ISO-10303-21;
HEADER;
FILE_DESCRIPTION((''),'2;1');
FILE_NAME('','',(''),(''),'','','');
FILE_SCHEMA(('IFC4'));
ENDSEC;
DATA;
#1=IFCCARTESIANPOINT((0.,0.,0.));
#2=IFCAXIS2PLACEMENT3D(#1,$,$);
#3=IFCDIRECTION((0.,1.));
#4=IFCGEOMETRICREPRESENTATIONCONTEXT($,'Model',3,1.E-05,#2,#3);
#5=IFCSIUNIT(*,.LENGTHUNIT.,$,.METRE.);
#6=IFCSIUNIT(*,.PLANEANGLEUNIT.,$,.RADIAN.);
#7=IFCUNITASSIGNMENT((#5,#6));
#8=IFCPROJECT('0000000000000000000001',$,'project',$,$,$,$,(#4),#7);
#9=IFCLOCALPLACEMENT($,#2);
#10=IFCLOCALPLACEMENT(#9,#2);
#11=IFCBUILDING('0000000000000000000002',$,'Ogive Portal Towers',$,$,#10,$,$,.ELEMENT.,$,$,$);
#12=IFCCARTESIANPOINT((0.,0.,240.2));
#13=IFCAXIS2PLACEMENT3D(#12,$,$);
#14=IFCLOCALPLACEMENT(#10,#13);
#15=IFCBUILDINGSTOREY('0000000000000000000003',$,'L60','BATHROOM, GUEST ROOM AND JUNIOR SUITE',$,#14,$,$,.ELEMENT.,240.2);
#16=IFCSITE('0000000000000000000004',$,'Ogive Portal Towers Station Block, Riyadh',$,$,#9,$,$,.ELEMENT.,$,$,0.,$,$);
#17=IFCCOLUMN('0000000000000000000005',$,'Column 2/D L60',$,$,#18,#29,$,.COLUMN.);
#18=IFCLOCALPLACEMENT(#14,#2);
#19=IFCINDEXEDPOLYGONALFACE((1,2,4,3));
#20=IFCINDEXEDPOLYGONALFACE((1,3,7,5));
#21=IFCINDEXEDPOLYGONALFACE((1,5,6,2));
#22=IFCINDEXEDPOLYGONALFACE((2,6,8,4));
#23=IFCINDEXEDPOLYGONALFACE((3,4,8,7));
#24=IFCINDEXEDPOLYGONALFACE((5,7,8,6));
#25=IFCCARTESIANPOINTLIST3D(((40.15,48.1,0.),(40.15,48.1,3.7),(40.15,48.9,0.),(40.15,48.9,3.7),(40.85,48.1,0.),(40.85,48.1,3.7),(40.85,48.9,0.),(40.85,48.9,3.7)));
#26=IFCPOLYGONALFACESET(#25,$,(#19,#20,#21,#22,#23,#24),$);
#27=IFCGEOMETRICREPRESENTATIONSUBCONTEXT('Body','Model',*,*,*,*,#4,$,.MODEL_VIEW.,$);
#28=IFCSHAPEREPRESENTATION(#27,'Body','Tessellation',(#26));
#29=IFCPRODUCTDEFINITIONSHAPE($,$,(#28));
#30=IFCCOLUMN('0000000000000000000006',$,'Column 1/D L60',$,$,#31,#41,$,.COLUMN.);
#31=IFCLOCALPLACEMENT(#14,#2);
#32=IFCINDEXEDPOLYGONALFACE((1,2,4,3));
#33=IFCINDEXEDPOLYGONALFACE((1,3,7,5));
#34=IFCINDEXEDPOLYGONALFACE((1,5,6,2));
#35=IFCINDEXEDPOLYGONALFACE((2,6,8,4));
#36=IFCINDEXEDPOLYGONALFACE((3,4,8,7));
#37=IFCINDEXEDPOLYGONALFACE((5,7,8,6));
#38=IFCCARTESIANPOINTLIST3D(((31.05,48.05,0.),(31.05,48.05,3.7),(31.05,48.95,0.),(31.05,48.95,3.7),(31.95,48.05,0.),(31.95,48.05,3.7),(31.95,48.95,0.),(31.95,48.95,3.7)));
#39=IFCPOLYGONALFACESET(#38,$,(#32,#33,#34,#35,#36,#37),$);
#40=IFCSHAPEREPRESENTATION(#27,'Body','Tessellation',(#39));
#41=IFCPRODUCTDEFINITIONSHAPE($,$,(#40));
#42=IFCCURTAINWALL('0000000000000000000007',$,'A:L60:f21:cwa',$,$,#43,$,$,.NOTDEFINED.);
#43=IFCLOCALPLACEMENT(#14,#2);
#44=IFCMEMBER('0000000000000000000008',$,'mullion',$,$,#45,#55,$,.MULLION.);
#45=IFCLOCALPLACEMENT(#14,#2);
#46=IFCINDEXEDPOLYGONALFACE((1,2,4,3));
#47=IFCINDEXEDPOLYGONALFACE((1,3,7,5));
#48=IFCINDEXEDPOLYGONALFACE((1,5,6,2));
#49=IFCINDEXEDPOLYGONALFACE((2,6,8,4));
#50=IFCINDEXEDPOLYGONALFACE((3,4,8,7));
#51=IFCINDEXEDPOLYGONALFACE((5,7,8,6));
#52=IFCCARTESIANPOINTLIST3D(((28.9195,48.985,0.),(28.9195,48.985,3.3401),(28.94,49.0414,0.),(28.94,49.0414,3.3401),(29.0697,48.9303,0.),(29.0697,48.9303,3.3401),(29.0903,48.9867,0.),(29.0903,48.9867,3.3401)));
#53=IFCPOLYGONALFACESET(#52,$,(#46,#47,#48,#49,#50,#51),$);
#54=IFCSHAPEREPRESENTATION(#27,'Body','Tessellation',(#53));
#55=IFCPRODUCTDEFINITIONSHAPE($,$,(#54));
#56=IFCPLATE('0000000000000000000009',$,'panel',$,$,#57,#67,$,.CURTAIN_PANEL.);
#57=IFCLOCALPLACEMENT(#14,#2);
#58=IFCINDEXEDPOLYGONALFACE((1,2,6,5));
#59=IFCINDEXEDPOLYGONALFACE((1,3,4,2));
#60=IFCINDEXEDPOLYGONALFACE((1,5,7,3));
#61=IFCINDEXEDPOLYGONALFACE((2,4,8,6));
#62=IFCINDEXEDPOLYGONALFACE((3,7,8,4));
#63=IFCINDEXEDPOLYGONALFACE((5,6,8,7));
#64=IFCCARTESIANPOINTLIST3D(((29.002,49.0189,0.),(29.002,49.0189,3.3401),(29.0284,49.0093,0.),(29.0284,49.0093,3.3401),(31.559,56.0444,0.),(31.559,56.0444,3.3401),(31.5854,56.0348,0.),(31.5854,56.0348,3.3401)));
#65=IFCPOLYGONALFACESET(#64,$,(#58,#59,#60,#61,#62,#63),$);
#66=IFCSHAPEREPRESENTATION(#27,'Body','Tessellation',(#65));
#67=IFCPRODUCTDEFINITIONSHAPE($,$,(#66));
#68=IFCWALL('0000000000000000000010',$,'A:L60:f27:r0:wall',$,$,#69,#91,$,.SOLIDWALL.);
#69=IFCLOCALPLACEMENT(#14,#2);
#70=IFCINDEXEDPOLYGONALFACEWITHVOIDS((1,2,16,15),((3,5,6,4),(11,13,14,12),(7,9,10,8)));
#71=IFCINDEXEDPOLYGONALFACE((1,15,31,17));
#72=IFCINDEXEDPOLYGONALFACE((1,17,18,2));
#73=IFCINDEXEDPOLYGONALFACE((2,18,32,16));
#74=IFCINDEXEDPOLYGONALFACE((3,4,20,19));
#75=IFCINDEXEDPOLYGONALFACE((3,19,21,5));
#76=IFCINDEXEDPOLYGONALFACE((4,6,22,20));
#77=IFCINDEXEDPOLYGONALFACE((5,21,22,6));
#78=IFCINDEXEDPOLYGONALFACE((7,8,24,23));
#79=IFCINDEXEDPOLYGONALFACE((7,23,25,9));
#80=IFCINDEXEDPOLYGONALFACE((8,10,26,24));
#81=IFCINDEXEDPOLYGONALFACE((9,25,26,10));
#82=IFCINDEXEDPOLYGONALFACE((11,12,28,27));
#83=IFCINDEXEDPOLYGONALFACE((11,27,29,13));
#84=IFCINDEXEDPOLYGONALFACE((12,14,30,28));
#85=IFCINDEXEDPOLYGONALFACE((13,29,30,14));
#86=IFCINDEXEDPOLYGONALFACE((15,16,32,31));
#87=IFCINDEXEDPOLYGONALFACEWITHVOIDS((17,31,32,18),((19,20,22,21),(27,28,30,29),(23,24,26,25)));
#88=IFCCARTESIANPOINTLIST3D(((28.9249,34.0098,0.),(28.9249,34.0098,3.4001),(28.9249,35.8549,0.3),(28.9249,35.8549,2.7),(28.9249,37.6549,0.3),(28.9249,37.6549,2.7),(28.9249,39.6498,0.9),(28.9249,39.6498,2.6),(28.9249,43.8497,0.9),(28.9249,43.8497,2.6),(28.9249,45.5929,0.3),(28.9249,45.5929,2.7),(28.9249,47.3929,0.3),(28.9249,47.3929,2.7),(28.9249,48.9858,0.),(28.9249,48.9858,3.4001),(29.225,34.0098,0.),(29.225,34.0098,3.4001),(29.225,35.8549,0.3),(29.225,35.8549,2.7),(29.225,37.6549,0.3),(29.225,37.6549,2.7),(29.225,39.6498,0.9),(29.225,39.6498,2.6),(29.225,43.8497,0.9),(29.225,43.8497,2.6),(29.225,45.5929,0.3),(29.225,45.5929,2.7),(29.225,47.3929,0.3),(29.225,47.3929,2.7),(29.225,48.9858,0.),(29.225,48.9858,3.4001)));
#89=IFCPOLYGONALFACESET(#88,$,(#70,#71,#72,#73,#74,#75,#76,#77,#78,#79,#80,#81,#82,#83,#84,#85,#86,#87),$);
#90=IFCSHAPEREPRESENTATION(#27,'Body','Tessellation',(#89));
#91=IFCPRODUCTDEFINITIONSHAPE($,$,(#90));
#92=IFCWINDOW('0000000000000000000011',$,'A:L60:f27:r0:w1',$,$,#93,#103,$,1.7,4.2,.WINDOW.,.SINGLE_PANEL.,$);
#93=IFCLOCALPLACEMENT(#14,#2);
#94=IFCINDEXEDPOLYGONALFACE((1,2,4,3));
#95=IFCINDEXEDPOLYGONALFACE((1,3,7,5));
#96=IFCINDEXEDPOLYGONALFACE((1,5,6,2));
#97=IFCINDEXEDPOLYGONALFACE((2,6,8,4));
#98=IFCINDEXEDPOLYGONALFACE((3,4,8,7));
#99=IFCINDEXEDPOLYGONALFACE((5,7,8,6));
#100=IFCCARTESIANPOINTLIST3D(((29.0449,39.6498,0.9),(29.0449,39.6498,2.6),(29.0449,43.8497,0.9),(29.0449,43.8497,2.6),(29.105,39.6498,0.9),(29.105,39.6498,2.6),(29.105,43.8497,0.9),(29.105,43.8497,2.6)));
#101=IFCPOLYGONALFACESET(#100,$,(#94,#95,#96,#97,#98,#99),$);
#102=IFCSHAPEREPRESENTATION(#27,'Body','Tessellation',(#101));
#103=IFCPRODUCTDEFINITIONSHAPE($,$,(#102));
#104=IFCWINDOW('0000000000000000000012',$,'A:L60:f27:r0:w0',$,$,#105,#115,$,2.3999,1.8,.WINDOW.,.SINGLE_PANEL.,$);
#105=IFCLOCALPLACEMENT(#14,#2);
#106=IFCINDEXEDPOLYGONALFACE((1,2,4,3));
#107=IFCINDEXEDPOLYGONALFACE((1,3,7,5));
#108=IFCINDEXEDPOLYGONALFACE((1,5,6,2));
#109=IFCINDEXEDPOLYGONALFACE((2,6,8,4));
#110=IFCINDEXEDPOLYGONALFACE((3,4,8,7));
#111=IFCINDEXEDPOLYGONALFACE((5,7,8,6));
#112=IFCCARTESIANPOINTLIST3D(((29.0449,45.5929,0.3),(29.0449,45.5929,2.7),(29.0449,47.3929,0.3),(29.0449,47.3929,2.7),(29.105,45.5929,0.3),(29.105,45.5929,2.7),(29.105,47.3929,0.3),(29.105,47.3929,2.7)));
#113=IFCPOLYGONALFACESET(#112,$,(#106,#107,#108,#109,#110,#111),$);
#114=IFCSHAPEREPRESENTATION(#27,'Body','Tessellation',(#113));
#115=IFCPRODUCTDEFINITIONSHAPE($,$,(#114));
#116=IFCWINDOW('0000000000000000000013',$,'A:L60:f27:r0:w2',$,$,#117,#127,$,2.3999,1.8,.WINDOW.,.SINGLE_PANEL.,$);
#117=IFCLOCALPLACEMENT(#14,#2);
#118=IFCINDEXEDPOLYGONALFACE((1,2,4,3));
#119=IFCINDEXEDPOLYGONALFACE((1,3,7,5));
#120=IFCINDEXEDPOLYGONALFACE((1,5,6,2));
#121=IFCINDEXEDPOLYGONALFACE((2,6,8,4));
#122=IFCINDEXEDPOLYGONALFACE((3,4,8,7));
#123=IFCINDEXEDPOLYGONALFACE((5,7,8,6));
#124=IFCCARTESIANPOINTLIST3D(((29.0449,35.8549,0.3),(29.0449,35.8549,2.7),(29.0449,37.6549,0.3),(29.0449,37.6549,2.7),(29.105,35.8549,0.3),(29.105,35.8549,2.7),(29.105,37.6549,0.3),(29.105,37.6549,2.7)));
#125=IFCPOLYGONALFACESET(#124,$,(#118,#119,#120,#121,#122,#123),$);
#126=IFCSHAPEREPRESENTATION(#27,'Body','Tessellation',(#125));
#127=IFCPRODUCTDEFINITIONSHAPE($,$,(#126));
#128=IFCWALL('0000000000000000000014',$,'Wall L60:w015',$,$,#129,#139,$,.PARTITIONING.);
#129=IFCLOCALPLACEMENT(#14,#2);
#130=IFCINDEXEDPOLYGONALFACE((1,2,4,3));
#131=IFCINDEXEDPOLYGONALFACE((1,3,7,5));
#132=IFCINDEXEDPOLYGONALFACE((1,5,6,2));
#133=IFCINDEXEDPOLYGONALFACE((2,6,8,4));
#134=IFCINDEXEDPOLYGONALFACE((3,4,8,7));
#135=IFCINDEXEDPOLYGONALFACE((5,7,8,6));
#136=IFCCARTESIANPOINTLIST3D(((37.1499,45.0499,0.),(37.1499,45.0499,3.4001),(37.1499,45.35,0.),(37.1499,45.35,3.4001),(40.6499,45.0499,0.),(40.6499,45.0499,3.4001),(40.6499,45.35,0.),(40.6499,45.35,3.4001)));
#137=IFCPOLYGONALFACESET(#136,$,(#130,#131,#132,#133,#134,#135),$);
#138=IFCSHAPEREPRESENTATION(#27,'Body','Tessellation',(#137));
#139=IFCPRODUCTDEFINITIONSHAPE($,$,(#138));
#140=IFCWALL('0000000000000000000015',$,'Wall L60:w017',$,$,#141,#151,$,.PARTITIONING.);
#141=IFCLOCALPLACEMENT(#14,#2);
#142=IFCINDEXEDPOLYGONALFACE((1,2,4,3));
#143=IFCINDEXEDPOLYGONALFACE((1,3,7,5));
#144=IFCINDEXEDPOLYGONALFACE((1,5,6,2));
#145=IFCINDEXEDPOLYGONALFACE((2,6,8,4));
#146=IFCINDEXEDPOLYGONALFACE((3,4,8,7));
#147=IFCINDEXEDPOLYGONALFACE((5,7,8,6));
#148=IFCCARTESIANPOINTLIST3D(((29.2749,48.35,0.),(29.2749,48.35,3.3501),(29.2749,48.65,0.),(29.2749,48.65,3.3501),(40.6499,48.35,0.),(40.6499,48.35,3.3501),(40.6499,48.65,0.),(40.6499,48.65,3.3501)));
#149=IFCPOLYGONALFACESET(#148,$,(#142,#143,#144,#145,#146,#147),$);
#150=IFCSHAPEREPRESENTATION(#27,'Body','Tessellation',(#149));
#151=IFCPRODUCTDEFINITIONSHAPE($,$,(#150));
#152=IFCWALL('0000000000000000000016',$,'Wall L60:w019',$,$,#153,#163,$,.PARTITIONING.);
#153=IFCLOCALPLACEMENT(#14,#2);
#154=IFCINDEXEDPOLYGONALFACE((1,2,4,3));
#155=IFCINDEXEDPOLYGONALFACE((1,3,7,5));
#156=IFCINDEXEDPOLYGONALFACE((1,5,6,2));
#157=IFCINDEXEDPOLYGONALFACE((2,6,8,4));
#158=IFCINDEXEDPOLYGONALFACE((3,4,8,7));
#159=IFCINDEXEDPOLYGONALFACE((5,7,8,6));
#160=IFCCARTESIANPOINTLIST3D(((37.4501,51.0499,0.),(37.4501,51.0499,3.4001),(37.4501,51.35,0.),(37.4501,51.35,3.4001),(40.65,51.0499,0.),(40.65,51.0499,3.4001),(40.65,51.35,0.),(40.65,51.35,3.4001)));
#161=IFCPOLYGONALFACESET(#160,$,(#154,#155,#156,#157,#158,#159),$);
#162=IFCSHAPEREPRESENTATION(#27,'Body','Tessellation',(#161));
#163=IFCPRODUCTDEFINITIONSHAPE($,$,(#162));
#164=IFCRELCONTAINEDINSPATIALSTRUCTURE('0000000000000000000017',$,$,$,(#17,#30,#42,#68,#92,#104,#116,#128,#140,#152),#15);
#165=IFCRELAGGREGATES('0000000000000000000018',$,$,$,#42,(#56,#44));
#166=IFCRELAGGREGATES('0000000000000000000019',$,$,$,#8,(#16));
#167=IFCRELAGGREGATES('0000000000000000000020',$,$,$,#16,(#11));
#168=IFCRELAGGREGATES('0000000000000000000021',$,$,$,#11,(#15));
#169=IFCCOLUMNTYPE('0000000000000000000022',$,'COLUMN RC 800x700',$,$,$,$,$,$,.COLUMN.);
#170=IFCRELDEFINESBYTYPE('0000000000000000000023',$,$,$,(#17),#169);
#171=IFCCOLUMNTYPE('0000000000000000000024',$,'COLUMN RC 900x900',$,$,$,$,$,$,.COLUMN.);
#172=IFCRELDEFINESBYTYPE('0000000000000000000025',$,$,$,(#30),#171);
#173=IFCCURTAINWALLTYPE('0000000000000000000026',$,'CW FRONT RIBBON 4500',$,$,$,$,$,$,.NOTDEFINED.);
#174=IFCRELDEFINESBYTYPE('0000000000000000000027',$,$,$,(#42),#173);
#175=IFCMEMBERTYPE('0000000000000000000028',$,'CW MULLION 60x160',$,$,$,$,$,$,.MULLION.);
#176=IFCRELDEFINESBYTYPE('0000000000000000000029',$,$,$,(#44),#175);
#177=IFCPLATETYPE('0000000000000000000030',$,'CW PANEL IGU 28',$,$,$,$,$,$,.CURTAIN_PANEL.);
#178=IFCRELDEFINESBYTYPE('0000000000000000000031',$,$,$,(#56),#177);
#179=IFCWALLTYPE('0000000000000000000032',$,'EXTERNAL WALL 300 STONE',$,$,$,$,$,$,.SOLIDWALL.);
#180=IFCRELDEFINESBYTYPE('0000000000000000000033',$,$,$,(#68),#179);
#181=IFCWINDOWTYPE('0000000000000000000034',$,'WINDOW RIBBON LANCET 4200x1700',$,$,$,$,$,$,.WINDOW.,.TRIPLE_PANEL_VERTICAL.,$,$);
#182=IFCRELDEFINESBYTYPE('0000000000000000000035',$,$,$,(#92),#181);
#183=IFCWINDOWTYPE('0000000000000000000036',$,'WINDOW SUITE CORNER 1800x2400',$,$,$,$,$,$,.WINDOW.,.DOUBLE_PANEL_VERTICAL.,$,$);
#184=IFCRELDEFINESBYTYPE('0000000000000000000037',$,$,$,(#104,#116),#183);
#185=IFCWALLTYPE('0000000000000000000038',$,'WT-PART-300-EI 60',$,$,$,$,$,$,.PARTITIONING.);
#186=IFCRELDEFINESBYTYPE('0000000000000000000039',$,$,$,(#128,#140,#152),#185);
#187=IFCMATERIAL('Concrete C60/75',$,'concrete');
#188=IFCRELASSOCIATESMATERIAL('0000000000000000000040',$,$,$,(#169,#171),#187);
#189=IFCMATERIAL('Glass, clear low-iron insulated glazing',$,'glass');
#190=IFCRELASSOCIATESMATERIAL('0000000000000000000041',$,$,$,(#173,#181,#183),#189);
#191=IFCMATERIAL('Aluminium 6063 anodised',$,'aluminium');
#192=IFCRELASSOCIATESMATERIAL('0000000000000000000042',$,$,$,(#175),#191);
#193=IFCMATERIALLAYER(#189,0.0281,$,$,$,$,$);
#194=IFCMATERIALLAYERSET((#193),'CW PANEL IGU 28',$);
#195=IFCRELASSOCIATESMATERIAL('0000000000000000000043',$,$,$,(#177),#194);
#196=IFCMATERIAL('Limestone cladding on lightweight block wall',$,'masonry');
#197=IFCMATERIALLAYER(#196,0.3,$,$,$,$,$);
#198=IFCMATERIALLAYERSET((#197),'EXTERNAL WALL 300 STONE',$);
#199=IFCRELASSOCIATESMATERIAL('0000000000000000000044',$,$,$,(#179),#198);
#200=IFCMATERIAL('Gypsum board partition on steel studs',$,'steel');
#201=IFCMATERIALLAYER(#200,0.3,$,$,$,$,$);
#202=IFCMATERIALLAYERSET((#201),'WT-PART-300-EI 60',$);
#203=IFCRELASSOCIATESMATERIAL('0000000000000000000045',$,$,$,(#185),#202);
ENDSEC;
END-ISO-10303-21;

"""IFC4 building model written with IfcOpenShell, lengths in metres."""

from ifc_helpers import new_model, si_unit, direction, frame, frame_2d, origin, origin_2d, place, context, subcontext, project, spatial, rectangle, extrude, material, layer, layer_set, material_profile, profile_set, type_object, element, fill, aggregate, save


model = new_model("IFC4")

# Units and contexts
model_context = context("Model", 3, precision=1e-05, world=origin(), true_north=direction((0.0, 1.0)))
body_context = subcontext(model_context, "Body", "Model", "MODEL_VIEW")
ifc_project = project(units=[si_unit("LENGTHUNIT", "METRE"), si_unit("PLANEANGLEUNIT", "RADIAN")], contexts=[model_context])

# Site, building, storey
site_placement = place(None, origin())
site = spatial("IfcSite", under=ifc_project, at=site_placement, Name="Ogive Portal Towers Station Block, Riyadh", CompositionType="ELEMENT", RefElevation=0.0)
building_placement = place(site_placement, origin())
building = spatial("IfcBuilding", under=site, at=building_placement, Name="Ogive Portal Towers", CompositionType="ELEMENT")
storey_placement = place(building_placement, frame((0.0, 0.0, 240.2)))
storey = spatial("IfcBuildingStorey", under=building, at=storey_placement, Name="L60", Description="BATHROOM, GUEST ROOM AND JUNIOR SUITE", CompositionType="ELEMENT", Elevation=240.2)

# Columns
ifc_material_1 = material(Name="Concrete C60/75", Category="concrete")
ifc_material_profile_1 = material_profile(ifc_material_1, rectangle(XDim=0.8, YDim=0.7, at=origin_2d()), Name="RC 800x700")
ifc_profile_set_1 = profile_set([ifc_material_profile_1], Name="Concrete C60/75")
column_type_1 = type_object("IfcColumnType", Name="COLUMN RC 800x700", PredefinedType="COLUMN", material=ifc_profile_set_1)
column_1_placement = place(storey_placement, frame((40.5, 48.5, 0.0), z_axis=(0.0, 0.0, 1.0), x_axis=(0.0, 1.0, 0.0)))
element("IfcColumn", 1, at=column_1_placement, inside=storey, type_object=column_type_1, Name="Column 2/D L60", PredefinedType="COLUMN", context=body_context, shape_type="SweptSolid", body=[
    extrude(rectangle(XDim=0.8, YDim=0.7, at=origin_2d()), origin(), (0.0, 0.0, 1.0), 3.7),
])
ifc_material_profile_2 = material_profile(ifc_material_1, rectangle(XDim=0.8999, YDim=0.8999, at=origin_2d()), Name="RC 900x900")
ifc_profile_set_2 = profile_set([ifc_material_profile_2], Name="Concrete C60/75")
column_type_2 = type_object("IfcColumnType", Name="COLUMN RC 900x900", PredefinedType="COLUMN", material=ifc_profile_set_2)
column_2_placement = place(storey_placement, frame((31.5, 48.5, 0.0), z_axis=(0.0, 0.0, 1.0), x_axis=(1.0, 0.0, 0.0)))
element("IfcColumn", 2, at=column_2_placement, inside=storey, type_object=column_type_2, Name="Column 1/D L60", PredefinedType="COLUMN", context=body_context, shape_type="SweptSolid", body=[
    extrude(rectangle(XDim=0.8999, YDim=0.8999, at=origin_2d()), origin(), (0.0, 0.0, 1.0), 3.7),
])

# Curtain wall, member, plate
ifc_material_2 = material(Name="Glass, clear low-iron insulated glazing", Category="glass")
curtain_wall_type = type_object("IfcCurtainWallType", Name="CW FRONT RIBBON 4500", PredefinedType="NOTDEFINED", material=ifc_material_2)
curtain_wall_placement = place(storey_placement, origin())
curtain_wall = element("IfcCurtainWall", 3, at=curtain_wall_placement, inside=storey, type_object=curtain_wall_type, Name="A:L60:f21:cwa", PredefinedType="NOTDEFINED")
ifc_material_3 = material(Name="Aluminium 6063 anodised", Category="aluminium")
ifc_material_profile_3 = material_profile(ifc_material_3, rectangle(XDim=0.1599, YDim=0.0601, at=origin_2d()), Name="AL 60x160")
ifc_profile_set_3 = profile_set([ifc_material_profile_3], Name="Aluminium 6063 anodised")
member_type = type_object("IfcMemberType", Name="CW MULLION 60x160", PredefinedType="MULLION", material=ifc_profile_set_3)
member_placement = place(storey_placement, frame((29.0049, 48.9858, 0.0), z_axis=(0.0, 0.0, 1.0), x_axis=(0.939693, -0.34202, 0.0)))
member = element("IfcMember", 4, at=member_placement, type_object=member_type, Name="mullion", PredefinedType="MULLION", context=body_context, shape_type="SweptSolid", body=[
    extrude(rectangle(XDim=0.1599, YDim=0.0601, at=origin_2d()), origin(), (0.0, 0.0, 1.0), 3.3401),
])
ifc_layer_1 = layer(ifc_material_2, 0.0281)
ifc_layer_set_1 = layer_set([ifc_layer_1], Name="CW PANEL IGU 28")
plate_type = type_object("IfcPlateType", Name="CW PANEL IGU 28", PredefinedType="CURTAIN_PANEL", material=ifc_layer_set_1)
plate_placement = place(storey_placement, frame((30.2937, 52.5269, 0.0), z_axis=(0.0, 0.0, 1.0), x_axis=(-0.34202, -0.939693, 0.0)))
plate = element("IfcPlate", 5, at=plate_placement, type_object=plate_type, Name="panel", PredefinedType="CURTAIN_PANEL", context=body_context, shape_type="SweptSolid", body=[
    extrude(rectangle(XDim=7.4763, YDim=0.0281, at=origin_2d()), origin(), (0.0, 0.0, 1.0), 3.3401),
])
aggregate(curtain_wall, [plate, member])

# Wall, openings, windows
ifc_material_4 = material(Name="Limestone cladding on lightweight block wall", Category="masonry")
ifc_layer_2 = layer(ifc_material_4, 0.3)
ifc_layer_set_2 = layer_set([ifc_layer_2], Name="EXTERNAL WALL 300 STONE")
wall_type_1 = type_object("IfcWallType", Name="EXTERNAL WALL 300 STONE", PredefinedType="SOLIDWALL", material=ifc_layer_set_2)
wall_1_placement = place(storey_placement, frame((29.075, 48.9858, 0.0), z_axis=(0.0, 0.0, 1.0), x_axis=(0.0, -1.0, 0.0)))
wall_1 = element("IfcWall", 6, at=wall_1_placement, inside=storey, type_object=wall_type_1, Name="A:L60:f27:r0:wall", PredefinedType="SOLIDWALL", context=body_context, shape_type="SweptSolid", body=[
    extrude(rectangle(XDim=14.9761, YDim=0.3, at=frame_2d((7.488, 0.0))), origin(), (0.0, 0.0, 1.0), 3.4001),
])
opening_1_placement = place(wall_1_placement, frame((1.593, 0.0, 0.3)))
opening_1 = element("IfcOpeningElement", 7, at=opening_1_placement, cuts=wall_1, PredefinedType="OPENING", context=body_context, shape_type="SweptSolid", body=[
    extrude(rectangle(XDim=1.8, YDim=2.3999, at=frame_2d((0.8999, 1.2))), frame((0.0, 0.1602, 0.0), z_axis=(0.0, -1.0, 0.0), x_axis=(1.0, 0.0, 0.0)), (0.0, 0.0, 1.0), 0.3201),
])
opening_2_placement = place(wall_1_placement, frame((5.136, 0.0, 0.8999)))
opening_2 = element("IfcOpeningElement", 8, at=opening_2_placement, cuts=wall_1, PredefinedType="OPENING", context=body_context, shape_type="SweptSolid", body=[
    extrude(rectangle(XDim=4.2, YDim=1.7, at=frame_2d((2.1001, 0.8501))), frame((0.0, 0.1602, 0.0), z_axis=(0.0, -1.0, 0.0), x_axis=(1.0, 0.0, 0.0)), (0.0, 0.0, 1.0), 0.3201),
])
opening_3_placement = place(wall_1_placement, frame((11.3311, 0.0, 0.3)))
opening_3 = element("IfcOpeningElement", 9, at=opening_3_placement, cuts=wall_1, PredefinedType="OPENING", context=body_context, shape_type="SweptSolid", body=[
    extrude(rectangle(XDim=1.8, YDim=2.3999, at=frame_2d((0.8999, 1.2))), frame((0.0, 0.1602, 0.0), z_axis=(0.0, -1.0, 0.0), x_axis=(1.0, 0.0, 0.0)), (0.0, 0.0, 1.0), 0.3201),
])
window_type_1 = type_object("IfcWindowType", Name="WINDOW RIBBON LANCET 4200x1700", PartitioningType="TRIPLE_PANEL_VERTICAL", PredefinedType="WINDOW", material=ifc_material_2)
window_1_placement = place(opening_2_placement, origin())
window_1 = element("IfcWindow", 10, at=window_1_placement, inside=storey, type_object=window_type_1, Name="A:L60:f27:r0:w1", OverallHeight=1.7, OverallWidth=4.2, PartitioningType="SINGLE_PANEL", PredefinedType="WINDOW", context=body_context, shape_type="SweptSolid", body=[
    extrude(rectangle(XDim=4.2, YDim=1.7, at=frame_2d((2.1001, 0.8501))), frame((0.0, 0.03, 0.0), z_axis=(0.0, -1.0, 0.0), x_axis=(1.0, 0.0, 0.0)), (0.0, 0.0, 1.0), 0.0601),
])
fill(opening_2, window_1)
window_type_2 = type_object("IfcWindowType", Name="WINDOW SUITE CORNER 1800x2400", PartitioningType="DOUBLE_PANEL_VERTICAL", PredefinedType="WINDOW", material=ifc_material_2)
window_2_placement = place(opening_1_placement, origin())
window_2 = element("IfcWindow", 11, at=window_2_placement, inside=storey, type_object=window_type_2, Name="A:L60:f27:r0:w0", OverallHeight=2.3999, OverallWidth=1.8, PartitioningType="SINGLE_PANEL", PredefinedType="WINDOW", context=body_context, shape_type="SweptSolid", body=[
    extrude(rectangle(XDim=1.8, YDim=2.3999, at=frame_2d((0.8999, 1.2))), frame((0.0, 0.03, 0.0), z_axis=(0.0, -1.0, 0.0), x_axis=(1.0, 0.0, 0.0)), (0.0, 0.0, 1.0), 0.0601),
])
fill(opening_1, window_2)
window_3_placement = place(opening_3_placement, origin())
window_3 = element("IfcWindow", 12, at=window_3_placement, inside=storey, type_object=window_type_2, Name="A:L60:f27:r0:w2", OverallHeight=2.3999, OverallWidth=1.8, PartitioningType="SINGLE_PANEL", PredefinedType="WINDOW", context=body_context, shape_type="SweptSolid", body=[
    extrude(rectangle(XDim=1.8, YDim=2.3999, at=frame_2d((0.8999, 1.2))), frame((0.0, 0.03, 0.0), z_axis=(0.0, -1.0, 0.0), x_axis=(1.0, 0.0, 0.0)), (0.0, 0.0, 1.0), 0.0601),
])
fill(opening_3, window_3)

# Walls
ifc_material_5 = material(Name="Gypsum board partition on steel studs", Category="steel")
ifc_layer_3 = layer(ifc_material_5, 0.3)
ifc_layer_set_3 = layer_set([ifc_layer_3], Name="WT-PART-300-EI 60")
wall_type_2 = type_object("IfcWallType", Name="WT-PART-300-EI 60", PredefinedType="PARTITIONING", material=ifc_layer_set_3)
wall_2_placement = place(storey_placement, frame((37.1499, 45.2, 0.0), z_axis=(0.0, 0.0, 1.0), x_axis=(1.0, 0.0, 0.0)))
element("IfcWall", 13, at=wall_2_placement, inside=storey, type_object=wall_type_2, Name="Wall L60:w015", PredefinedType="PARTITIONING", context=body_context, shape_type="SweptSolid", body=[
    extrude(rectangle(XDim=3.5, YDim=0.3, at=frame_2d((1.75, 0.0))), origin(), (0.0, 0.0, 1.0), 3.4001),
])
wall_3_placement = place(storey_placement, frame((29.2749, 48.5, 0.0), z_axis=(0.0, 0.0, 1.0), x_axis=(1.0, 0.0, 0.0)))
element("IfcWall", 14, at=wall_3_placement, inside=storey, type_object=wall_type_2, Name="Wall L60:w017", PredefinedType="PARTITIONING", context=body_context, shape_type="SweptSolid", body=[
    extrude(rectangle(XDim=11.375, YDim=0.3, at=frame_2d((5.6875, 0.0))), origin(), (0.0, 0.0, 1.0), 3.3501),
])
wall_4_placement = place(storey_placement, frame((37.45, 51.2, 0.0), z_axis=(0.0, 0.0, 1.0), x_axis=(1.0, 0.0, 0.0)))
element("IfcWall", 15, at=wall_4_placement, inside=storey, type_object=wall_type_2, Name="Wall L60:w019", PredefinedType="PARTITIONING", context=body_context, shape_type="SweptSolid", body=[
    extrude(rectangle(XDim=3.2, YDim=0.3, at=frame_2d((1.6001, 0.0))), origin(), (0.0, 0.0, 1.0), 3.4001),
])

save(model, "model.ifc")
